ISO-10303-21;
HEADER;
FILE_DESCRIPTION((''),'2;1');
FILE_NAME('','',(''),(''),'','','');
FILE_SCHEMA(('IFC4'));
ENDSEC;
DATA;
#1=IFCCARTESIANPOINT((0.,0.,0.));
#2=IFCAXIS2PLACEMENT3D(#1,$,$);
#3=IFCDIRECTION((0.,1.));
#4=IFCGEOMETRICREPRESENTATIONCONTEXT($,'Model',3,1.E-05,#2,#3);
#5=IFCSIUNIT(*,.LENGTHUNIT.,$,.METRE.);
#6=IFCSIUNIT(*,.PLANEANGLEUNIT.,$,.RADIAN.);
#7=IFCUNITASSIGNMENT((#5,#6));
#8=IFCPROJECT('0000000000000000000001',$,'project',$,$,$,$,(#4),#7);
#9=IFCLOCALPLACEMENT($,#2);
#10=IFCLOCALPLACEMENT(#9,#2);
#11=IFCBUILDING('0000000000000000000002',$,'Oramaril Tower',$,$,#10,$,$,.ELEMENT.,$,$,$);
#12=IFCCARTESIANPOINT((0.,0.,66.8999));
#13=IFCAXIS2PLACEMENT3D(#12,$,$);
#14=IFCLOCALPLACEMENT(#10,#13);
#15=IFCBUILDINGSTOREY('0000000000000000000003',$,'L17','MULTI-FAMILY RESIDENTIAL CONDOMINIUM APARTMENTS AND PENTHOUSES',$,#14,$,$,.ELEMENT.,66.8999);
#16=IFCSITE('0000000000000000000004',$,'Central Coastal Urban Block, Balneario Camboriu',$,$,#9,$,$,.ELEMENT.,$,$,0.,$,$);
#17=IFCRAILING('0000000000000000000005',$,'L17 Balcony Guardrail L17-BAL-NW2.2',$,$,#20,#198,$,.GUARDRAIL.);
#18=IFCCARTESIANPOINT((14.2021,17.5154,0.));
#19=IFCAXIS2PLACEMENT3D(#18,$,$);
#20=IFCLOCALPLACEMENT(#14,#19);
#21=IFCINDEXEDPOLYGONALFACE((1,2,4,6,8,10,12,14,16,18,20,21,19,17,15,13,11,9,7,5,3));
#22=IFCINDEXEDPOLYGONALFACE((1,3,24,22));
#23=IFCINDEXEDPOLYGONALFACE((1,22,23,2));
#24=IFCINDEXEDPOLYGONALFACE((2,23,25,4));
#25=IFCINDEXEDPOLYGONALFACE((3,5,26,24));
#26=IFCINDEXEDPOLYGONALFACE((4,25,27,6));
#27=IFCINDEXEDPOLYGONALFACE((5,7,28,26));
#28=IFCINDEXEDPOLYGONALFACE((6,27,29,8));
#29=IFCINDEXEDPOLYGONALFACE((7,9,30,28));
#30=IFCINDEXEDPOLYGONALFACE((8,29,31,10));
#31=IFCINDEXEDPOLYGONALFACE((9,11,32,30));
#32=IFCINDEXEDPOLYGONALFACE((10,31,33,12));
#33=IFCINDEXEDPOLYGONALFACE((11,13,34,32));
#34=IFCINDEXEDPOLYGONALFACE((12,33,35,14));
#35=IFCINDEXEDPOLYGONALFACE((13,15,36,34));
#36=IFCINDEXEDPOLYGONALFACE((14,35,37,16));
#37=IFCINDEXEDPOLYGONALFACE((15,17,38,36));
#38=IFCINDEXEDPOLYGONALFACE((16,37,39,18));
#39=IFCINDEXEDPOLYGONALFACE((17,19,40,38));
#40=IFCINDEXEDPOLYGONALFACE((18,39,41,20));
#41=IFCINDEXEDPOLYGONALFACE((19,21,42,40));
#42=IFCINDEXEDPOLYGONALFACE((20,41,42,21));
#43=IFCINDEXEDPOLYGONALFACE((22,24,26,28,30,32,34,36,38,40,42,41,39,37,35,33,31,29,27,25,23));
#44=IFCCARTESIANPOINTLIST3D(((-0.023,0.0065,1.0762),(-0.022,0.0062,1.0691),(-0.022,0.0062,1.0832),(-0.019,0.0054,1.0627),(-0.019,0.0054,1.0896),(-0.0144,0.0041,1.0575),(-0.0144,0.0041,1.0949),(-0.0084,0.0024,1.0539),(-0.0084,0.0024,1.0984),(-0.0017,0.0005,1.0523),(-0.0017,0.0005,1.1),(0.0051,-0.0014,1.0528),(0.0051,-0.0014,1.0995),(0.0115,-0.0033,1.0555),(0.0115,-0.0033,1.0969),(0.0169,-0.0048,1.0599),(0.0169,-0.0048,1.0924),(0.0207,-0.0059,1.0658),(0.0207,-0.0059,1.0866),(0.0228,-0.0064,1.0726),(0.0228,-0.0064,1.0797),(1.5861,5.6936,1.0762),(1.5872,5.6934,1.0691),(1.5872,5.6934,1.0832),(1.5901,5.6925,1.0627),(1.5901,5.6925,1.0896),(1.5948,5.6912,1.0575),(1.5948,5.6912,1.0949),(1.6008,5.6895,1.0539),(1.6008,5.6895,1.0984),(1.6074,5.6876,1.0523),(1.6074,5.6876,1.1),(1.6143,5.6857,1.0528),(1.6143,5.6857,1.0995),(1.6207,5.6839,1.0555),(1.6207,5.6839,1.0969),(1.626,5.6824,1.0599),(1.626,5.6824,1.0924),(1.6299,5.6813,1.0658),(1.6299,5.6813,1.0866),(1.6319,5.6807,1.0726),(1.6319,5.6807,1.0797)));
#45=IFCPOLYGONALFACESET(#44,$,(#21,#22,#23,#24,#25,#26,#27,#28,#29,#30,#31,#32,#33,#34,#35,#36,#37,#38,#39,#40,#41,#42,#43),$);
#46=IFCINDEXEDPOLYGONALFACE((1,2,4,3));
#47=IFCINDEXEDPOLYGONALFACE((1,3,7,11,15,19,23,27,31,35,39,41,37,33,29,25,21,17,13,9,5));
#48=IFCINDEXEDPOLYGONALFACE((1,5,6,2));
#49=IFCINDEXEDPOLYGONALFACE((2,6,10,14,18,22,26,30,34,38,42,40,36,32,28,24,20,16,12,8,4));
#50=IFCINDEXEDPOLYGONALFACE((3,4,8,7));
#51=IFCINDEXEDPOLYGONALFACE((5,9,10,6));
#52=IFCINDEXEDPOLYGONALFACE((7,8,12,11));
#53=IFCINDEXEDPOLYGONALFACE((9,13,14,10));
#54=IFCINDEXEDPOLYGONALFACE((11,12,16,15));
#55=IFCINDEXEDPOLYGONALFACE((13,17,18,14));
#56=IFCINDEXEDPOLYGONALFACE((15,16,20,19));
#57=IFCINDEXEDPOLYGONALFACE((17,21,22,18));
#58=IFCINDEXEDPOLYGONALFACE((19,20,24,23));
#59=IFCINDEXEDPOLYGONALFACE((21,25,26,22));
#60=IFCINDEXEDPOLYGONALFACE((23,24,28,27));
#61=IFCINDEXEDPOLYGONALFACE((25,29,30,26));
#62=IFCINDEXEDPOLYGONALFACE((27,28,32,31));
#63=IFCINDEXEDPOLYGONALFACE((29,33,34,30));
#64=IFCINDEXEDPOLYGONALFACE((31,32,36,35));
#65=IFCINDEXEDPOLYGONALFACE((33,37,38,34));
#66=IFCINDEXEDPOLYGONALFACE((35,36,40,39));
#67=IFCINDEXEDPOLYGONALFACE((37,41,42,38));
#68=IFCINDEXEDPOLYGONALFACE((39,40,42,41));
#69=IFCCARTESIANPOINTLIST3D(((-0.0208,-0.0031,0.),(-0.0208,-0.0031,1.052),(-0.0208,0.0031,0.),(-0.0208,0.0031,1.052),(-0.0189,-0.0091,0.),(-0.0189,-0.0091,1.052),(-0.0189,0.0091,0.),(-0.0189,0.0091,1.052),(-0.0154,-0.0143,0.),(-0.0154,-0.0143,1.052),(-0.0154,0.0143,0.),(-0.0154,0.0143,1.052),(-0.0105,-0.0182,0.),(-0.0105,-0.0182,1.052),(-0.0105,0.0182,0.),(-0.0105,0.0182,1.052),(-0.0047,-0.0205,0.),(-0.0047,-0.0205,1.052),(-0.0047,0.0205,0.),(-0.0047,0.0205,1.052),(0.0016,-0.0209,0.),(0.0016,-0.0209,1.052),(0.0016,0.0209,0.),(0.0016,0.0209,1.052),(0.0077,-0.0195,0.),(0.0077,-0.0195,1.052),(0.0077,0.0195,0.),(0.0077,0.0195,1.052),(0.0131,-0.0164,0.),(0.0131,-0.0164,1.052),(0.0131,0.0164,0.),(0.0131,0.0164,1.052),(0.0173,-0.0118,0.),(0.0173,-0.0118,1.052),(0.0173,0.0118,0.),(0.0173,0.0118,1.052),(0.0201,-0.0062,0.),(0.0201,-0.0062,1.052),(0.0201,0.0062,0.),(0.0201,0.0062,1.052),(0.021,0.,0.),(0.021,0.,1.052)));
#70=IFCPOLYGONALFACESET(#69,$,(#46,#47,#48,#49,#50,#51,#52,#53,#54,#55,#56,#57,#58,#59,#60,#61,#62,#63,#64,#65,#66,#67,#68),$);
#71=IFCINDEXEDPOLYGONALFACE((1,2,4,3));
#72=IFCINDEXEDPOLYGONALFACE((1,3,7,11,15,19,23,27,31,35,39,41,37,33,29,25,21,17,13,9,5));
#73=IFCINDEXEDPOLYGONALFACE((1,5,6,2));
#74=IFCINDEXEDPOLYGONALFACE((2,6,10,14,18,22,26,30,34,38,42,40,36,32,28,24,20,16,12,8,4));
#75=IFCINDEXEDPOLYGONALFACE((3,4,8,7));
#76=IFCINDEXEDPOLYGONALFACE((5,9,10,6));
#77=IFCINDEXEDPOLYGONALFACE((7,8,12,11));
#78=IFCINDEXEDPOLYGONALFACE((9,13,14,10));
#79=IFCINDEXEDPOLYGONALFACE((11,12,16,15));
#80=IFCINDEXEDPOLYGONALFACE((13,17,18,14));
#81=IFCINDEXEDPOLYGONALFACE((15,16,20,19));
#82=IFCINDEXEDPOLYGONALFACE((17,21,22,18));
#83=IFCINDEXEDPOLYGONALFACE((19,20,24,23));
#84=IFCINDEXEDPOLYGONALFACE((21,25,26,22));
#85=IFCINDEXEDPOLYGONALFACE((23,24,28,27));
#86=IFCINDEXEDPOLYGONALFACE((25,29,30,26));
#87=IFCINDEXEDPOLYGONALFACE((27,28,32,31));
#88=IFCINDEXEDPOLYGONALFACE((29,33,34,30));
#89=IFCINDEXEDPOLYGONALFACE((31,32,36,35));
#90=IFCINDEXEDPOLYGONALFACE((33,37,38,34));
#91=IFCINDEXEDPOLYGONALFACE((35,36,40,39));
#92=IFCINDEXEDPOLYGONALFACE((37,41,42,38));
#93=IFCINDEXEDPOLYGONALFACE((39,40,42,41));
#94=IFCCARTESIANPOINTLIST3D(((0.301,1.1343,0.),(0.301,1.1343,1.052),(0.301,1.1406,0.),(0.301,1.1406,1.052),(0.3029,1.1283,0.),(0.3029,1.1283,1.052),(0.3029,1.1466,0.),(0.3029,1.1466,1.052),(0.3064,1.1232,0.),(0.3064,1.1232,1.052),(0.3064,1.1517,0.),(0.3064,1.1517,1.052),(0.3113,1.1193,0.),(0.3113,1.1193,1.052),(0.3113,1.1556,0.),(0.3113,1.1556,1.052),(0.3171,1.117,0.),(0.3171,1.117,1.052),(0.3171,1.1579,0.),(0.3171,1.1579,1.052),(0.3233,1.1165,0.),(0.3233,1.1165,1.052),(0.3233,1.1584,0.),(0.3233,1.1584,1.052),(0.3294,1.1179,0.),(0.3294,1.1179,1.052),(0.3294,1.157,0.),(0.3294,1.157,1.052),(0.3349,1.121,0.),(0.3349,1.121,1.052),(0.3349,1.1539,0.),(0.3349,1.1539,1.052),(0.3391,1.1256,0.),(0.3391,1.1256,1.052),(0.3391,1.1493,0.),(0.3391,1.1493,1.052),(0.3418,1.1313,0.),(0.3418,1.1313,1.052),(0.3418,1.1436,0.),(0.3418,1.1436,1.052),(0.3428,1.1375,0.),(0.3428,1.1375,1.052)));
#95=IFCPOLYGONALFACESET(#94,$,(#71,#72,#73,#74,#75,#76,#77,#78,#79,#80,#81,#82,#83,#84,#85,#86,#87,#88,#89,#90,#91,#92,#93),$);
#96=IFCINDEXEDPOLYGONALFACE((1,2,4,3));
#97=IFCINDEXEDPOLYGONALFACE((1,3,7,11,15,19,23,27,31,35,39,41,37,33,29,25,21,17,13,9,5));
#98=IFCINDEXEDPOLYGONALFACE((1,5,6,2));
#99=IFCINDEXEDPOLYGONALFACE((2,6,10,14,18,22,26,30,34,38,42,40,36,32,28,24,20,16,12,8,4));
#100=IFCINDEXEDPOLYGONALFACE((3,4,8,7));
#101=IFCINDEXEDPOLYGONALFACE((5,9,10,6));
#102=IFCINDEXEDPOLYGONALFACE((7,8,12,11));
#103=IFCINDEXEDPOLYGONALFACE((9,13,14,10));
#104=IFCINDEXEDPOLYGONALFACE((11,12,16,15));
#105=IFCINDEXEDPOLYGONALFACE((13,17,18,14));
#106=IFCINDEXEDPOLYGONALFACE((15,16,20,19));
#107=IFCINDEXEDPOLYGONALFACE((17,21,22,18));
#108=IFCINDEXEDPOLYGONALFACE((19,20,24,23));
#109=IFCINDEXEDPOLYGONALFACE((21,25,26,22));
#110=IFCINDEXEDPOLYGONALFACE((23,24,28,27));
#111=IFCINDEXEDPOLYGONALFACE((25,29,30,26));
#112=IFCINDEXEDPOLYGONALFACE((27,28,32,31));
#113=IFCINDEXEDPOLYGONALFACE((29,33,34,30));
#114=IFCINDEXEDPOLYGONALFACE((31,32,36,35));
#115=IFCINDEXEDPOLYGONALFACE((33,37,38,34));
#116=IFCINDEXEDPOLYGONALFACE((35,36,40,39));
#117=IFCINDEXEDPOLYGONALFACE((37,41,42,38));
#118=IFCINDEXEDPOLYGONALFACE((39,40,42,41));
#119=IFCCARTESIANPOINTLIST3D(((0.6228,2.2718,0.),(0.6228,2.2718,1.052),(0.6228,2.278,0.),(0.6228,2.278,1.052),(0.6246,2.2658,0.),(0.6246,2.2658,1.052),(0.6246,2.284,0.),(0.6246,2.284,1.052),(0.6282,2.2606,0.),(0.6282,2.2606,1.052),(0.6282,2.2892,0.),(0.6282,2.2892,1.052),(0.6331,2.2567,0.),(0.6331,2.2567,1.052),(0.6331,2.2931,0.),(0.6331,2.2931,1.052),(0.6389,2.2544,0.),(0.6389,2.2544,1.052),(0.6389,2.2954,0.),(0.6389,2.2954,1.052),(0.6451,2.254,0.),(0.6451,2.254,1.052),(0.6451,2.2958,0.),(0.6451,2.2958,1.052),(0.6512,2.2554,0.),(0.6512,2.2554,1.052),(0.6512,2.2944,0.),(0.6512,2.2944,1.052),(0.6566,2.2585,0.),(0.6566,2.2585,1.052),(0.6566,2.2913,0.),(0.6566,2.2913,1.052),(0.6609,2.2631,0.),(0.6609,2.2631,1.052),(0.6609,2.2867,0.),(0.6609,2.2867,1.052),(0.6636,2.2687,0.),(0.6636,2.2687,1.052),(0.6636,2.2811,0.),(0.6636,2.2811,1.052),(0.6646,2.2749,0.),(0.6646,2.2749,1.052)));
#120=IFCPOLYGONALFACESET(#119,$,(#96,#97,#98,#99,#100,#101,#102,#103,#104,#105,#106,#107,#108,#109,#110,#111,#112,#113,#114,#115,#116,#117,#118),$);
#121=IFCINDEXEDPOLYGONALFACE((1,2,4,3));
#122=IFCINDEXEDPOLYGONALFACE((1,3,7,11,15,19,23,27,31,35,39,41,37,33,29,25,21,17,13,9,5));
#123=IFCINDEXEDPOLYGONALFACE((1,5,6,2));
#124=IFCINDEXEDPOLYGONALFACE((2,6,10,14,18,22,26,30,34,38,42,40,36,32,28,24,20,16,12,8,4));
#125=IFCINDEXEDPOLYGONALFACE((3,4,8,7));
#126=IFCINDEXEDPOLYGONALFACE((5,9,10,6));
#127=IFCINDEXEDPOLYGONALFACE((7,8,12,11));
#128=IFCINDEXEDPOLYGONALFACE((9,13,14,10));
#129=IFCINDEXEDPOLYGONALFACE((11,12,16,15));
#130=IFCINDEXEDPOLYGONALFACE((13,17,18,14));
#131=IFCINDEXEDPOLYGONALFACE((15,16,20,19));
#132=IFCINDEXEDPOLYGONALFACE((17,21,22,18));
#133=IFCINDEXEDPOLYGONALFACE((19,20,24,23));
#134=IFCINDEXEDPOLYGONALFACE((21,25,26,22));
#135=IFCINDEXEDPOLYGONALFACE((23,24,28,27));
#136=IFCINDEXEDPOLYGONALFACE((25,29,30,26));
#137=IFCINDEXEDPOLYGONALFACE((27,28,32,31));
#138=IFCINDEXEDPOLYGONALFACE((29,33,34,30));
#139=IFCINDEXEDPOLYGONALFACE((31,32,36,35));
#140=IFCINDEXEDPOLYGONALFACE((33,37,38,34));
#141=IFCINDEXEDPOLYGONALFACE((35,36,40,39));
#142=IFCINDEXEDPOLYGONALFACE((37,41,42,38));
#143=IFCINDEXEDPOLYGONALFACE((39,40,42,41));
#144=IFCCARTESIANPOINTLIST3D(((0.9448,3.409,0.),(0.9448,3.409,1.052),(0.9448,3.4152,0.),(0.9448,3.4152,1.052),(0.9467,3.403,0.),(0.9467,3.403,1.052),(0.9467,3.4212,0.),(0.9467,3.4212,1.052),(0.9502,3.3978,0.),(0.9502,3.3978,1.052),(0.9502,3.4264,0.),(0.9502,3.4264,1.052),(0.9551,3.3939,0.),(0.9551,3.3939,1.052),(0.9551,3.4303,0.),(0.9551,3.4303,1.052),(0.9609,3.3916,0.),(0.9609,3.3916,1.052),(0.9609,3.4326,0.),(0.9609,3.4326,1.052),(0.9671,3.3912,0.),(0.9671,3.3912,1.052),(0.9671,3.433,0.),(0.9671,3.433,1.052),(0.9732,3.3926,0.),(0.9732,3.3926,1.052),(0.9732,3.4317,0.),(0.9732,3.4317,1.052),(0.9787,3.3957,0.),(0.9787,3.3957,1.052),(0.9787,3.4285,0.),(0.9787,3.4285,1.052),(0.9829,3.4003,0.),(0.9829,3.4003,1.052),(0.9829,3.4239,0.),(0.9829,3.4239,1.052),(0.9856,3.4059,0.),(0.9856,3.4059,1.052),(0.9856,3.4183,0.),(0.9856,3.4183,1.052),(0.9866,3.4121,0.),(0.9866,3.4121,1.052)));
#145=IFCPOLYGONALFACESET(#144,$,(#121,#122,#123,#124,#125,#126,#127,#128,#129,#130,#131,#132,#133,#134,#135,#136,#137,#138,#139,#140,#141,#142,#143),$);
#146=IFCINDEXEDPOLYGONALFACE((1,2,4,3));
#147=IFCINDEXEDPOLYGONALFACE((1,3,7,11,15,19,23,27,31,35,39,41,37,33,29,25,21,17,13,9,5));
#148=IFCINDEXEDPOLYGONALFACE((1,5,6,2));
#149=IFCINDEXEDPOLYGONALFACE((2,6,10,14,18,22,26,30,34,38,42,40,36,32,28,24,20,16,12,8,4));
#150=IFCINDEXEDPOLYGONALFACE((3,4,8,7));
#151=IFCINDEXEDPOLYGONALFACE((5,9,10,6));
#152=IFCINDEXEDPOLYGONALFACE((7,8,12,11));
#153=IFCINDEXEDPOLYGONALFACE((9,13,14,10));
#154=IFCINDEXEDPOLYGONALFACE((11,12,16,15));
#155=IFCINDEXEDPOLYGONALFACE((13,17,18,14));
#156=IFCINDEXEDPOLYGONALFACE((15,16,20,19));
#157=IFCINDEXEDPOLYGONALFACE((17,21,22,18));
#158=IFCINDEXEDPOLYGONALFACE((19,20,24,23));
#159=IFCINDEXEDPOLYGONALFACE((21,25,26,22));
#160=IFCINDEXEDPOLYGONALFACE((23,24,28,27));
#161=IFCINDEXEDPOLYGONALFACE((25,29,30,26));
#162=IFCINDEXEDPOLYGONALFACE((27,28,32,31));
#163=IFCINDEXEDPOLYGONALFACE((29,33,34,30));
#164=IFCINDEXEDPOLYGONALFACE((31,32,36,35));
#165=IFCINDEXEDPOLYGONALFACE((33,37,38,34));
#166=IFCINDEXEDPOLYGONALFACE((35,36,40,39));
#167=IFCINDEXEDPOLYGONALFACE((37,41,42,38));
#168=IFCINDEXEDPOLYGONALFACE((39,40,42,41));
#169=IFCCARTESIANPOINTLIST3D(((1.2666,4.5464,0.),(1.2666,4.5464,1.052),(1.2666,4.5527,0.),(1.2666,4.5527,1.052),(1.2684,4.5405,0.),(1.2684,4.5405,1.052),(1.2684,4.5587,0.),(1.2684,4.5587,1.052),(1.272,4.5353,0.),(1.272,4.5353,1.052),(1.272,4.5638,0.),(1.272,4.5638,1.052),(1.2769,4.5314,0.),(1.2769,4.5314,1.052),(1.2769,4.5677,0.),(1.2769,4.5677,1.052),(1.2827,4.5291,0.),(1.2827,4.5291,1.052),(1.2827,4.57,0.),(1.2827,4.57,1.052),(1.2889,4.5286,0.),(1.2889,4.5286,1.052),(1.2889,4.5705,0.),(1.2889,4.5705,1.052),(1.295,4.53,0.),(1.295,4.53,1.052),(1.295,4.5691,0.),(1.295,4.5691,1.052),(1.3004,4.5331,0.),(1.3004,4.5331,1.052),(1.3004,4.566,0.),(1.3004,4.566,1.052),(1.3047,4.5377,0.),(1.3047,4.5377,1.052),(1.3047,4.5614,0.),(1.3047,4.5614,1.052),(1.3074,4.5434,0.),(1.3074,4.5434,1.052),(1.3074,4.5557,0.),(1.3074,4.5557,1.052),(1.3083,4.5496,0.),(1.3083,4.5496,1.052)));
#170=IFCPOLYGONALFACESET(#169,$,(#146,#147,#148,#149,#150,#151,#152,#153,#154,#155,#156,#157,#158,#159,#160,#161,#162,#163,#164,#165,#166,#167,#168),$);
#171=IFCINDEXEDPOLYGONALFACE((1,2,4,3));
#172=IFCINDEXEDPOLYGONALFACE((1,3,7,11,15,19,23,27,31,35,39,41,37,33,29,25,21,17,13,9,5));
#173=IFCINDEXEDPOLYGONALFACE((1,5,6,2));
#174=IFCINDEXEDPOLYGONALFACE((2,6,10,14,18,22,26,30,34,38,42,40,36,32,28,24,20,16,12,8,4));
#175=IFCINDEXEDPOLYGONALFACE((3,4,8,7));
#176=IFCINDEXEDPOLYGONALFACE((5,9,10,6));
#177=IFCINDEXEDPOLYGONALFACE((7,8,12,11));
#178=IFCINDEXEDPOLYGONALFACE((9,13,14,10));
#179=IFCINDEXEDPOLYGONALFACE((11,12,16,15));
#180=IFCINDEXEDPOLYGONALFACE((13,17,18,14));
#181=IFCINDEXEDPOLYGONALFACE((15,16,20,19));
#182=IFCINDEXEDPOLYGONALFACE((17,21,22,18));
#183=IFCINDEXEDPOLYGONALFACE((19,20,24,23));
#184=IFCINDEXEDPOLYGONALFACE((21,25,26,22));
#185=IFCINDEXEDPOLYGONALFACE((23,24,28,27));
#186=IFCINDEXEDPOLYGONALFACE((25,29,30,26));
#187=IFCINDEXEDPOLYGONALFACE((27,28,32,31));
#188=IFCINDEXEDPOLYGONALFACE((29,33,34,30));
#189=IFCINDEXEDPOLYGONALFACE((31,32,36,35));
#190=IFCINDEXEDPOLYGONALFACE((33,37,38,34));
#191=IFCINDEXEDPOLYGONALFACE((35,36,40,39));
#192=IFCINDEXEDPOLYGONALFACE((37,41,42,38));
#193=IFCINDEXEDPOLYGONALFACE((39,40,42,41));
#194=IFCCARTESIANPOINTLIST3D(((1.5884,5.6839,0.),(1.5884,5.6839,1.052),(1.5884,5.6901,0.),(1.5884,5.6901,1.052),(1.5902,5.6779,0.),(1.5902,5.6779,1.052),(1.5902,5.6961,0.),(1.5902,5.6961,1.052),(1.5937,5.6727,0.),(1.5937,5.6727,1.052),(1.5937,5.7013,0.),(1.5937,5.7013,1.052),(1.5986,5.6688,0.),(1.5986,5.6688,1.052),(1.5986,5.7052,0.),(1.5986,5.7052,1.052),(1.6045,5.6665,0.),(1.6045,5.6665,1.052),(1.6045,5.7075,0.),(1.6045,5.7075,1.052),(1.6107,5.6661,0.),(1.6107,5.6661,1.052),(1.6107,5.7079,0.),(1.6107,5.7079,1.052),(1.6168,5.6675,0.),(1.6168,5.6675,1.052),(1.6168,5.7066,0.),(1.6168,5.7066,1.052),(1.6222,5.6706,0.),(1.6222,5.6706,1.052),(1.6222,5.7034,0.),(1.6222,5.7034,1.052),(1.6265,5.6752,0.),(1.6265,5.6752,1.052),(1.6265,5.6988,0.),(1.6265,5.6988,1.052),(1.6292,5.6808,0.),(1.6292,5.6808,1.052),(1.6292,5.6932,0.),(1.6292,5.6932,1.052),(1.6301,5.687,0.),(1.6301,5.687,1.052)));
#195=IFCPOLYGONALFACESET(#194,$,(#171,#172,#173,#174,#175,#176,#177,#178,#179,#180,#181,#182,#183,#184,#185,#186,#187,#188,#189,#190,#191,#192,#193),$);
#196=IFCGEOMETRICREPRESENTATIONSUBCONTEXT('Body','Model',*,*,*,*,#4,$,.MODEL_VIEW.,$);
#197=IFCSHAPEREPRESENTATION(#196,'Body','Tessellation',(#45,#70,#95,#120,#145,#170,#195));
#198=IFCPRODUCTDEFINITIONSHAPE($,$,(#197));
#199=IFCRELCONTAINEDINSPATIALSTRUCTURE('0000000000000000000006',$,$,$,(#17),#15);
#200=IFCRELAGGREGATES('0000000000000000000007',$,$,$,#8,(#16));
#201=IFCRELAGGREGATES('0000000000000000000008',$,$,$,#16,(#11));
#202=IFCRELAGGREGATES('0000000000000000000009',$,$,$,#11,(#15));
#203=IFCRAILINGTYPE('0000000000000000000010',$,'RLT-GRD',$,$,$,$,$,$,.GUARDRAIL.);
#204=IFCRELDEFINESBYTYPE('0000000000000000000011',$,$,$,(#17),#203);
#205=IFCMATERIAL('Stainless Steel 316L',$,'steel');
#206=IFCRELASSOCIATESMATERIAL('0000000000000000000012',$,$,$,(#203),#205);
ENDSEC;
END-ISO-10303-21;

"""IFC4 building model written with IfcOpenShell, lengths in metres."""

from ifc_helpers import new_model, si_unit, direction, frame, origin, origin_2d, place, context, subcontext, project, spatial, circle, extrude, material, type_object, element, save


model = new_model("IFC4")

# Units and contexts
model_context = context("Model", 3, precision=1e-05, world=origin(), true_north=direction((0.0, 1.0)))
body_context = subcontext(model_context, "Body", "Model", "MODEL_VIEW")
ifc_project = project(units=[si_unit("LENGTHUNIT", "METRE"), si_unit("PLANEANGLEUNIT", "RADIAN")], contexts=[model_context])

# Site, building, storey
site_placement = place(None, origin())
site = spatial("IfcSite", under=ifc_project, at=site_placement, Name="Central Coastal Urban Block, Balneario Camboriu", CompositionType="ELEMENT", RefElevation=0.0)
building_placement = place(site_placement, origin())
building = spatial("IfcBuilding", under=site, at=building_placement, Name="Oramaril Tower", CompositionType="ELEMENT")
storey_placement = place(building_placement, frame((0.0, 0.0, 66.8999)))
storey = spatial("IfcBuildingStorey", under=building, at=storey_placement, Name="L17", Description="MULTI-FAMILY RESIDENTIAL CONDOMINIUM APARTMENTS AND PENTHOUSES", CompositionType="ELEMENT", Elevation=66.8999)

# Railing
ifc_material_1 = material(Name="Stainless Steel 316L", Category="steel")
railing_type = type_object("IfcRailingType", Name="RLT-GRD", PredefinedType="GUARDRAIL", material=ifc_material_1)
railing_1_placement = place(storey_placement, frame((14.2021, 17.5154, 0.0)))
element("IfcRailing", 1, at=railing_1_placement, inside=storey, type_object=railing_type, Name="L17 Balcony Guardrail L17-BAL-NW2.2", PredefinedType="GUARDRAIL", context=body_context, shape_type="SweptSolid", body=[
    extrude(circle(Radius=0.0239, at=origin_2d()), frame((0.0, 0.0, 1.0762), z_axis=(0.27226, 0.962224, 0.0), x_axis=(-0.962224, 0.27226, 0.0)), (0.0, 0.0, 1.0), 5.9104),
    extrude(circle(Radius=0.021, at=origin_2d()), origin(), (0.0, 0.0, 1.0), 1.052),
    extrude(circle(Radius=0.021, at=origin_2d()), frame((0.3218, 1.1375, 0.0)), (0.0, 0.0, 1.0), 1.052),
    extrude(circle(Radius=0.021, at=origin_2d()), frame((0.6436, 2.2749, 0.0)), (0.0, 0.0, 1.0), 1.052),
    extrude(circle(Radius=0.021, at=origin_2d()), frame((0.9656, 3.4121, 0.0)), (0.0, 0.0, 1.0), 1.052),
    extrude(circle(Radius=0.021, at=origin_2d()), frame((1.2874, 4.5496, 0.0)), (0.0, 0.0, 1.0), 1.052),
    extrude(circle(Radius=0.021, at=origin_2d()), frame((1.6091, 5.687, 0.0)), (0.0, 0.0, 1.0), 1.052),
])

save(model, "model.ifc")
